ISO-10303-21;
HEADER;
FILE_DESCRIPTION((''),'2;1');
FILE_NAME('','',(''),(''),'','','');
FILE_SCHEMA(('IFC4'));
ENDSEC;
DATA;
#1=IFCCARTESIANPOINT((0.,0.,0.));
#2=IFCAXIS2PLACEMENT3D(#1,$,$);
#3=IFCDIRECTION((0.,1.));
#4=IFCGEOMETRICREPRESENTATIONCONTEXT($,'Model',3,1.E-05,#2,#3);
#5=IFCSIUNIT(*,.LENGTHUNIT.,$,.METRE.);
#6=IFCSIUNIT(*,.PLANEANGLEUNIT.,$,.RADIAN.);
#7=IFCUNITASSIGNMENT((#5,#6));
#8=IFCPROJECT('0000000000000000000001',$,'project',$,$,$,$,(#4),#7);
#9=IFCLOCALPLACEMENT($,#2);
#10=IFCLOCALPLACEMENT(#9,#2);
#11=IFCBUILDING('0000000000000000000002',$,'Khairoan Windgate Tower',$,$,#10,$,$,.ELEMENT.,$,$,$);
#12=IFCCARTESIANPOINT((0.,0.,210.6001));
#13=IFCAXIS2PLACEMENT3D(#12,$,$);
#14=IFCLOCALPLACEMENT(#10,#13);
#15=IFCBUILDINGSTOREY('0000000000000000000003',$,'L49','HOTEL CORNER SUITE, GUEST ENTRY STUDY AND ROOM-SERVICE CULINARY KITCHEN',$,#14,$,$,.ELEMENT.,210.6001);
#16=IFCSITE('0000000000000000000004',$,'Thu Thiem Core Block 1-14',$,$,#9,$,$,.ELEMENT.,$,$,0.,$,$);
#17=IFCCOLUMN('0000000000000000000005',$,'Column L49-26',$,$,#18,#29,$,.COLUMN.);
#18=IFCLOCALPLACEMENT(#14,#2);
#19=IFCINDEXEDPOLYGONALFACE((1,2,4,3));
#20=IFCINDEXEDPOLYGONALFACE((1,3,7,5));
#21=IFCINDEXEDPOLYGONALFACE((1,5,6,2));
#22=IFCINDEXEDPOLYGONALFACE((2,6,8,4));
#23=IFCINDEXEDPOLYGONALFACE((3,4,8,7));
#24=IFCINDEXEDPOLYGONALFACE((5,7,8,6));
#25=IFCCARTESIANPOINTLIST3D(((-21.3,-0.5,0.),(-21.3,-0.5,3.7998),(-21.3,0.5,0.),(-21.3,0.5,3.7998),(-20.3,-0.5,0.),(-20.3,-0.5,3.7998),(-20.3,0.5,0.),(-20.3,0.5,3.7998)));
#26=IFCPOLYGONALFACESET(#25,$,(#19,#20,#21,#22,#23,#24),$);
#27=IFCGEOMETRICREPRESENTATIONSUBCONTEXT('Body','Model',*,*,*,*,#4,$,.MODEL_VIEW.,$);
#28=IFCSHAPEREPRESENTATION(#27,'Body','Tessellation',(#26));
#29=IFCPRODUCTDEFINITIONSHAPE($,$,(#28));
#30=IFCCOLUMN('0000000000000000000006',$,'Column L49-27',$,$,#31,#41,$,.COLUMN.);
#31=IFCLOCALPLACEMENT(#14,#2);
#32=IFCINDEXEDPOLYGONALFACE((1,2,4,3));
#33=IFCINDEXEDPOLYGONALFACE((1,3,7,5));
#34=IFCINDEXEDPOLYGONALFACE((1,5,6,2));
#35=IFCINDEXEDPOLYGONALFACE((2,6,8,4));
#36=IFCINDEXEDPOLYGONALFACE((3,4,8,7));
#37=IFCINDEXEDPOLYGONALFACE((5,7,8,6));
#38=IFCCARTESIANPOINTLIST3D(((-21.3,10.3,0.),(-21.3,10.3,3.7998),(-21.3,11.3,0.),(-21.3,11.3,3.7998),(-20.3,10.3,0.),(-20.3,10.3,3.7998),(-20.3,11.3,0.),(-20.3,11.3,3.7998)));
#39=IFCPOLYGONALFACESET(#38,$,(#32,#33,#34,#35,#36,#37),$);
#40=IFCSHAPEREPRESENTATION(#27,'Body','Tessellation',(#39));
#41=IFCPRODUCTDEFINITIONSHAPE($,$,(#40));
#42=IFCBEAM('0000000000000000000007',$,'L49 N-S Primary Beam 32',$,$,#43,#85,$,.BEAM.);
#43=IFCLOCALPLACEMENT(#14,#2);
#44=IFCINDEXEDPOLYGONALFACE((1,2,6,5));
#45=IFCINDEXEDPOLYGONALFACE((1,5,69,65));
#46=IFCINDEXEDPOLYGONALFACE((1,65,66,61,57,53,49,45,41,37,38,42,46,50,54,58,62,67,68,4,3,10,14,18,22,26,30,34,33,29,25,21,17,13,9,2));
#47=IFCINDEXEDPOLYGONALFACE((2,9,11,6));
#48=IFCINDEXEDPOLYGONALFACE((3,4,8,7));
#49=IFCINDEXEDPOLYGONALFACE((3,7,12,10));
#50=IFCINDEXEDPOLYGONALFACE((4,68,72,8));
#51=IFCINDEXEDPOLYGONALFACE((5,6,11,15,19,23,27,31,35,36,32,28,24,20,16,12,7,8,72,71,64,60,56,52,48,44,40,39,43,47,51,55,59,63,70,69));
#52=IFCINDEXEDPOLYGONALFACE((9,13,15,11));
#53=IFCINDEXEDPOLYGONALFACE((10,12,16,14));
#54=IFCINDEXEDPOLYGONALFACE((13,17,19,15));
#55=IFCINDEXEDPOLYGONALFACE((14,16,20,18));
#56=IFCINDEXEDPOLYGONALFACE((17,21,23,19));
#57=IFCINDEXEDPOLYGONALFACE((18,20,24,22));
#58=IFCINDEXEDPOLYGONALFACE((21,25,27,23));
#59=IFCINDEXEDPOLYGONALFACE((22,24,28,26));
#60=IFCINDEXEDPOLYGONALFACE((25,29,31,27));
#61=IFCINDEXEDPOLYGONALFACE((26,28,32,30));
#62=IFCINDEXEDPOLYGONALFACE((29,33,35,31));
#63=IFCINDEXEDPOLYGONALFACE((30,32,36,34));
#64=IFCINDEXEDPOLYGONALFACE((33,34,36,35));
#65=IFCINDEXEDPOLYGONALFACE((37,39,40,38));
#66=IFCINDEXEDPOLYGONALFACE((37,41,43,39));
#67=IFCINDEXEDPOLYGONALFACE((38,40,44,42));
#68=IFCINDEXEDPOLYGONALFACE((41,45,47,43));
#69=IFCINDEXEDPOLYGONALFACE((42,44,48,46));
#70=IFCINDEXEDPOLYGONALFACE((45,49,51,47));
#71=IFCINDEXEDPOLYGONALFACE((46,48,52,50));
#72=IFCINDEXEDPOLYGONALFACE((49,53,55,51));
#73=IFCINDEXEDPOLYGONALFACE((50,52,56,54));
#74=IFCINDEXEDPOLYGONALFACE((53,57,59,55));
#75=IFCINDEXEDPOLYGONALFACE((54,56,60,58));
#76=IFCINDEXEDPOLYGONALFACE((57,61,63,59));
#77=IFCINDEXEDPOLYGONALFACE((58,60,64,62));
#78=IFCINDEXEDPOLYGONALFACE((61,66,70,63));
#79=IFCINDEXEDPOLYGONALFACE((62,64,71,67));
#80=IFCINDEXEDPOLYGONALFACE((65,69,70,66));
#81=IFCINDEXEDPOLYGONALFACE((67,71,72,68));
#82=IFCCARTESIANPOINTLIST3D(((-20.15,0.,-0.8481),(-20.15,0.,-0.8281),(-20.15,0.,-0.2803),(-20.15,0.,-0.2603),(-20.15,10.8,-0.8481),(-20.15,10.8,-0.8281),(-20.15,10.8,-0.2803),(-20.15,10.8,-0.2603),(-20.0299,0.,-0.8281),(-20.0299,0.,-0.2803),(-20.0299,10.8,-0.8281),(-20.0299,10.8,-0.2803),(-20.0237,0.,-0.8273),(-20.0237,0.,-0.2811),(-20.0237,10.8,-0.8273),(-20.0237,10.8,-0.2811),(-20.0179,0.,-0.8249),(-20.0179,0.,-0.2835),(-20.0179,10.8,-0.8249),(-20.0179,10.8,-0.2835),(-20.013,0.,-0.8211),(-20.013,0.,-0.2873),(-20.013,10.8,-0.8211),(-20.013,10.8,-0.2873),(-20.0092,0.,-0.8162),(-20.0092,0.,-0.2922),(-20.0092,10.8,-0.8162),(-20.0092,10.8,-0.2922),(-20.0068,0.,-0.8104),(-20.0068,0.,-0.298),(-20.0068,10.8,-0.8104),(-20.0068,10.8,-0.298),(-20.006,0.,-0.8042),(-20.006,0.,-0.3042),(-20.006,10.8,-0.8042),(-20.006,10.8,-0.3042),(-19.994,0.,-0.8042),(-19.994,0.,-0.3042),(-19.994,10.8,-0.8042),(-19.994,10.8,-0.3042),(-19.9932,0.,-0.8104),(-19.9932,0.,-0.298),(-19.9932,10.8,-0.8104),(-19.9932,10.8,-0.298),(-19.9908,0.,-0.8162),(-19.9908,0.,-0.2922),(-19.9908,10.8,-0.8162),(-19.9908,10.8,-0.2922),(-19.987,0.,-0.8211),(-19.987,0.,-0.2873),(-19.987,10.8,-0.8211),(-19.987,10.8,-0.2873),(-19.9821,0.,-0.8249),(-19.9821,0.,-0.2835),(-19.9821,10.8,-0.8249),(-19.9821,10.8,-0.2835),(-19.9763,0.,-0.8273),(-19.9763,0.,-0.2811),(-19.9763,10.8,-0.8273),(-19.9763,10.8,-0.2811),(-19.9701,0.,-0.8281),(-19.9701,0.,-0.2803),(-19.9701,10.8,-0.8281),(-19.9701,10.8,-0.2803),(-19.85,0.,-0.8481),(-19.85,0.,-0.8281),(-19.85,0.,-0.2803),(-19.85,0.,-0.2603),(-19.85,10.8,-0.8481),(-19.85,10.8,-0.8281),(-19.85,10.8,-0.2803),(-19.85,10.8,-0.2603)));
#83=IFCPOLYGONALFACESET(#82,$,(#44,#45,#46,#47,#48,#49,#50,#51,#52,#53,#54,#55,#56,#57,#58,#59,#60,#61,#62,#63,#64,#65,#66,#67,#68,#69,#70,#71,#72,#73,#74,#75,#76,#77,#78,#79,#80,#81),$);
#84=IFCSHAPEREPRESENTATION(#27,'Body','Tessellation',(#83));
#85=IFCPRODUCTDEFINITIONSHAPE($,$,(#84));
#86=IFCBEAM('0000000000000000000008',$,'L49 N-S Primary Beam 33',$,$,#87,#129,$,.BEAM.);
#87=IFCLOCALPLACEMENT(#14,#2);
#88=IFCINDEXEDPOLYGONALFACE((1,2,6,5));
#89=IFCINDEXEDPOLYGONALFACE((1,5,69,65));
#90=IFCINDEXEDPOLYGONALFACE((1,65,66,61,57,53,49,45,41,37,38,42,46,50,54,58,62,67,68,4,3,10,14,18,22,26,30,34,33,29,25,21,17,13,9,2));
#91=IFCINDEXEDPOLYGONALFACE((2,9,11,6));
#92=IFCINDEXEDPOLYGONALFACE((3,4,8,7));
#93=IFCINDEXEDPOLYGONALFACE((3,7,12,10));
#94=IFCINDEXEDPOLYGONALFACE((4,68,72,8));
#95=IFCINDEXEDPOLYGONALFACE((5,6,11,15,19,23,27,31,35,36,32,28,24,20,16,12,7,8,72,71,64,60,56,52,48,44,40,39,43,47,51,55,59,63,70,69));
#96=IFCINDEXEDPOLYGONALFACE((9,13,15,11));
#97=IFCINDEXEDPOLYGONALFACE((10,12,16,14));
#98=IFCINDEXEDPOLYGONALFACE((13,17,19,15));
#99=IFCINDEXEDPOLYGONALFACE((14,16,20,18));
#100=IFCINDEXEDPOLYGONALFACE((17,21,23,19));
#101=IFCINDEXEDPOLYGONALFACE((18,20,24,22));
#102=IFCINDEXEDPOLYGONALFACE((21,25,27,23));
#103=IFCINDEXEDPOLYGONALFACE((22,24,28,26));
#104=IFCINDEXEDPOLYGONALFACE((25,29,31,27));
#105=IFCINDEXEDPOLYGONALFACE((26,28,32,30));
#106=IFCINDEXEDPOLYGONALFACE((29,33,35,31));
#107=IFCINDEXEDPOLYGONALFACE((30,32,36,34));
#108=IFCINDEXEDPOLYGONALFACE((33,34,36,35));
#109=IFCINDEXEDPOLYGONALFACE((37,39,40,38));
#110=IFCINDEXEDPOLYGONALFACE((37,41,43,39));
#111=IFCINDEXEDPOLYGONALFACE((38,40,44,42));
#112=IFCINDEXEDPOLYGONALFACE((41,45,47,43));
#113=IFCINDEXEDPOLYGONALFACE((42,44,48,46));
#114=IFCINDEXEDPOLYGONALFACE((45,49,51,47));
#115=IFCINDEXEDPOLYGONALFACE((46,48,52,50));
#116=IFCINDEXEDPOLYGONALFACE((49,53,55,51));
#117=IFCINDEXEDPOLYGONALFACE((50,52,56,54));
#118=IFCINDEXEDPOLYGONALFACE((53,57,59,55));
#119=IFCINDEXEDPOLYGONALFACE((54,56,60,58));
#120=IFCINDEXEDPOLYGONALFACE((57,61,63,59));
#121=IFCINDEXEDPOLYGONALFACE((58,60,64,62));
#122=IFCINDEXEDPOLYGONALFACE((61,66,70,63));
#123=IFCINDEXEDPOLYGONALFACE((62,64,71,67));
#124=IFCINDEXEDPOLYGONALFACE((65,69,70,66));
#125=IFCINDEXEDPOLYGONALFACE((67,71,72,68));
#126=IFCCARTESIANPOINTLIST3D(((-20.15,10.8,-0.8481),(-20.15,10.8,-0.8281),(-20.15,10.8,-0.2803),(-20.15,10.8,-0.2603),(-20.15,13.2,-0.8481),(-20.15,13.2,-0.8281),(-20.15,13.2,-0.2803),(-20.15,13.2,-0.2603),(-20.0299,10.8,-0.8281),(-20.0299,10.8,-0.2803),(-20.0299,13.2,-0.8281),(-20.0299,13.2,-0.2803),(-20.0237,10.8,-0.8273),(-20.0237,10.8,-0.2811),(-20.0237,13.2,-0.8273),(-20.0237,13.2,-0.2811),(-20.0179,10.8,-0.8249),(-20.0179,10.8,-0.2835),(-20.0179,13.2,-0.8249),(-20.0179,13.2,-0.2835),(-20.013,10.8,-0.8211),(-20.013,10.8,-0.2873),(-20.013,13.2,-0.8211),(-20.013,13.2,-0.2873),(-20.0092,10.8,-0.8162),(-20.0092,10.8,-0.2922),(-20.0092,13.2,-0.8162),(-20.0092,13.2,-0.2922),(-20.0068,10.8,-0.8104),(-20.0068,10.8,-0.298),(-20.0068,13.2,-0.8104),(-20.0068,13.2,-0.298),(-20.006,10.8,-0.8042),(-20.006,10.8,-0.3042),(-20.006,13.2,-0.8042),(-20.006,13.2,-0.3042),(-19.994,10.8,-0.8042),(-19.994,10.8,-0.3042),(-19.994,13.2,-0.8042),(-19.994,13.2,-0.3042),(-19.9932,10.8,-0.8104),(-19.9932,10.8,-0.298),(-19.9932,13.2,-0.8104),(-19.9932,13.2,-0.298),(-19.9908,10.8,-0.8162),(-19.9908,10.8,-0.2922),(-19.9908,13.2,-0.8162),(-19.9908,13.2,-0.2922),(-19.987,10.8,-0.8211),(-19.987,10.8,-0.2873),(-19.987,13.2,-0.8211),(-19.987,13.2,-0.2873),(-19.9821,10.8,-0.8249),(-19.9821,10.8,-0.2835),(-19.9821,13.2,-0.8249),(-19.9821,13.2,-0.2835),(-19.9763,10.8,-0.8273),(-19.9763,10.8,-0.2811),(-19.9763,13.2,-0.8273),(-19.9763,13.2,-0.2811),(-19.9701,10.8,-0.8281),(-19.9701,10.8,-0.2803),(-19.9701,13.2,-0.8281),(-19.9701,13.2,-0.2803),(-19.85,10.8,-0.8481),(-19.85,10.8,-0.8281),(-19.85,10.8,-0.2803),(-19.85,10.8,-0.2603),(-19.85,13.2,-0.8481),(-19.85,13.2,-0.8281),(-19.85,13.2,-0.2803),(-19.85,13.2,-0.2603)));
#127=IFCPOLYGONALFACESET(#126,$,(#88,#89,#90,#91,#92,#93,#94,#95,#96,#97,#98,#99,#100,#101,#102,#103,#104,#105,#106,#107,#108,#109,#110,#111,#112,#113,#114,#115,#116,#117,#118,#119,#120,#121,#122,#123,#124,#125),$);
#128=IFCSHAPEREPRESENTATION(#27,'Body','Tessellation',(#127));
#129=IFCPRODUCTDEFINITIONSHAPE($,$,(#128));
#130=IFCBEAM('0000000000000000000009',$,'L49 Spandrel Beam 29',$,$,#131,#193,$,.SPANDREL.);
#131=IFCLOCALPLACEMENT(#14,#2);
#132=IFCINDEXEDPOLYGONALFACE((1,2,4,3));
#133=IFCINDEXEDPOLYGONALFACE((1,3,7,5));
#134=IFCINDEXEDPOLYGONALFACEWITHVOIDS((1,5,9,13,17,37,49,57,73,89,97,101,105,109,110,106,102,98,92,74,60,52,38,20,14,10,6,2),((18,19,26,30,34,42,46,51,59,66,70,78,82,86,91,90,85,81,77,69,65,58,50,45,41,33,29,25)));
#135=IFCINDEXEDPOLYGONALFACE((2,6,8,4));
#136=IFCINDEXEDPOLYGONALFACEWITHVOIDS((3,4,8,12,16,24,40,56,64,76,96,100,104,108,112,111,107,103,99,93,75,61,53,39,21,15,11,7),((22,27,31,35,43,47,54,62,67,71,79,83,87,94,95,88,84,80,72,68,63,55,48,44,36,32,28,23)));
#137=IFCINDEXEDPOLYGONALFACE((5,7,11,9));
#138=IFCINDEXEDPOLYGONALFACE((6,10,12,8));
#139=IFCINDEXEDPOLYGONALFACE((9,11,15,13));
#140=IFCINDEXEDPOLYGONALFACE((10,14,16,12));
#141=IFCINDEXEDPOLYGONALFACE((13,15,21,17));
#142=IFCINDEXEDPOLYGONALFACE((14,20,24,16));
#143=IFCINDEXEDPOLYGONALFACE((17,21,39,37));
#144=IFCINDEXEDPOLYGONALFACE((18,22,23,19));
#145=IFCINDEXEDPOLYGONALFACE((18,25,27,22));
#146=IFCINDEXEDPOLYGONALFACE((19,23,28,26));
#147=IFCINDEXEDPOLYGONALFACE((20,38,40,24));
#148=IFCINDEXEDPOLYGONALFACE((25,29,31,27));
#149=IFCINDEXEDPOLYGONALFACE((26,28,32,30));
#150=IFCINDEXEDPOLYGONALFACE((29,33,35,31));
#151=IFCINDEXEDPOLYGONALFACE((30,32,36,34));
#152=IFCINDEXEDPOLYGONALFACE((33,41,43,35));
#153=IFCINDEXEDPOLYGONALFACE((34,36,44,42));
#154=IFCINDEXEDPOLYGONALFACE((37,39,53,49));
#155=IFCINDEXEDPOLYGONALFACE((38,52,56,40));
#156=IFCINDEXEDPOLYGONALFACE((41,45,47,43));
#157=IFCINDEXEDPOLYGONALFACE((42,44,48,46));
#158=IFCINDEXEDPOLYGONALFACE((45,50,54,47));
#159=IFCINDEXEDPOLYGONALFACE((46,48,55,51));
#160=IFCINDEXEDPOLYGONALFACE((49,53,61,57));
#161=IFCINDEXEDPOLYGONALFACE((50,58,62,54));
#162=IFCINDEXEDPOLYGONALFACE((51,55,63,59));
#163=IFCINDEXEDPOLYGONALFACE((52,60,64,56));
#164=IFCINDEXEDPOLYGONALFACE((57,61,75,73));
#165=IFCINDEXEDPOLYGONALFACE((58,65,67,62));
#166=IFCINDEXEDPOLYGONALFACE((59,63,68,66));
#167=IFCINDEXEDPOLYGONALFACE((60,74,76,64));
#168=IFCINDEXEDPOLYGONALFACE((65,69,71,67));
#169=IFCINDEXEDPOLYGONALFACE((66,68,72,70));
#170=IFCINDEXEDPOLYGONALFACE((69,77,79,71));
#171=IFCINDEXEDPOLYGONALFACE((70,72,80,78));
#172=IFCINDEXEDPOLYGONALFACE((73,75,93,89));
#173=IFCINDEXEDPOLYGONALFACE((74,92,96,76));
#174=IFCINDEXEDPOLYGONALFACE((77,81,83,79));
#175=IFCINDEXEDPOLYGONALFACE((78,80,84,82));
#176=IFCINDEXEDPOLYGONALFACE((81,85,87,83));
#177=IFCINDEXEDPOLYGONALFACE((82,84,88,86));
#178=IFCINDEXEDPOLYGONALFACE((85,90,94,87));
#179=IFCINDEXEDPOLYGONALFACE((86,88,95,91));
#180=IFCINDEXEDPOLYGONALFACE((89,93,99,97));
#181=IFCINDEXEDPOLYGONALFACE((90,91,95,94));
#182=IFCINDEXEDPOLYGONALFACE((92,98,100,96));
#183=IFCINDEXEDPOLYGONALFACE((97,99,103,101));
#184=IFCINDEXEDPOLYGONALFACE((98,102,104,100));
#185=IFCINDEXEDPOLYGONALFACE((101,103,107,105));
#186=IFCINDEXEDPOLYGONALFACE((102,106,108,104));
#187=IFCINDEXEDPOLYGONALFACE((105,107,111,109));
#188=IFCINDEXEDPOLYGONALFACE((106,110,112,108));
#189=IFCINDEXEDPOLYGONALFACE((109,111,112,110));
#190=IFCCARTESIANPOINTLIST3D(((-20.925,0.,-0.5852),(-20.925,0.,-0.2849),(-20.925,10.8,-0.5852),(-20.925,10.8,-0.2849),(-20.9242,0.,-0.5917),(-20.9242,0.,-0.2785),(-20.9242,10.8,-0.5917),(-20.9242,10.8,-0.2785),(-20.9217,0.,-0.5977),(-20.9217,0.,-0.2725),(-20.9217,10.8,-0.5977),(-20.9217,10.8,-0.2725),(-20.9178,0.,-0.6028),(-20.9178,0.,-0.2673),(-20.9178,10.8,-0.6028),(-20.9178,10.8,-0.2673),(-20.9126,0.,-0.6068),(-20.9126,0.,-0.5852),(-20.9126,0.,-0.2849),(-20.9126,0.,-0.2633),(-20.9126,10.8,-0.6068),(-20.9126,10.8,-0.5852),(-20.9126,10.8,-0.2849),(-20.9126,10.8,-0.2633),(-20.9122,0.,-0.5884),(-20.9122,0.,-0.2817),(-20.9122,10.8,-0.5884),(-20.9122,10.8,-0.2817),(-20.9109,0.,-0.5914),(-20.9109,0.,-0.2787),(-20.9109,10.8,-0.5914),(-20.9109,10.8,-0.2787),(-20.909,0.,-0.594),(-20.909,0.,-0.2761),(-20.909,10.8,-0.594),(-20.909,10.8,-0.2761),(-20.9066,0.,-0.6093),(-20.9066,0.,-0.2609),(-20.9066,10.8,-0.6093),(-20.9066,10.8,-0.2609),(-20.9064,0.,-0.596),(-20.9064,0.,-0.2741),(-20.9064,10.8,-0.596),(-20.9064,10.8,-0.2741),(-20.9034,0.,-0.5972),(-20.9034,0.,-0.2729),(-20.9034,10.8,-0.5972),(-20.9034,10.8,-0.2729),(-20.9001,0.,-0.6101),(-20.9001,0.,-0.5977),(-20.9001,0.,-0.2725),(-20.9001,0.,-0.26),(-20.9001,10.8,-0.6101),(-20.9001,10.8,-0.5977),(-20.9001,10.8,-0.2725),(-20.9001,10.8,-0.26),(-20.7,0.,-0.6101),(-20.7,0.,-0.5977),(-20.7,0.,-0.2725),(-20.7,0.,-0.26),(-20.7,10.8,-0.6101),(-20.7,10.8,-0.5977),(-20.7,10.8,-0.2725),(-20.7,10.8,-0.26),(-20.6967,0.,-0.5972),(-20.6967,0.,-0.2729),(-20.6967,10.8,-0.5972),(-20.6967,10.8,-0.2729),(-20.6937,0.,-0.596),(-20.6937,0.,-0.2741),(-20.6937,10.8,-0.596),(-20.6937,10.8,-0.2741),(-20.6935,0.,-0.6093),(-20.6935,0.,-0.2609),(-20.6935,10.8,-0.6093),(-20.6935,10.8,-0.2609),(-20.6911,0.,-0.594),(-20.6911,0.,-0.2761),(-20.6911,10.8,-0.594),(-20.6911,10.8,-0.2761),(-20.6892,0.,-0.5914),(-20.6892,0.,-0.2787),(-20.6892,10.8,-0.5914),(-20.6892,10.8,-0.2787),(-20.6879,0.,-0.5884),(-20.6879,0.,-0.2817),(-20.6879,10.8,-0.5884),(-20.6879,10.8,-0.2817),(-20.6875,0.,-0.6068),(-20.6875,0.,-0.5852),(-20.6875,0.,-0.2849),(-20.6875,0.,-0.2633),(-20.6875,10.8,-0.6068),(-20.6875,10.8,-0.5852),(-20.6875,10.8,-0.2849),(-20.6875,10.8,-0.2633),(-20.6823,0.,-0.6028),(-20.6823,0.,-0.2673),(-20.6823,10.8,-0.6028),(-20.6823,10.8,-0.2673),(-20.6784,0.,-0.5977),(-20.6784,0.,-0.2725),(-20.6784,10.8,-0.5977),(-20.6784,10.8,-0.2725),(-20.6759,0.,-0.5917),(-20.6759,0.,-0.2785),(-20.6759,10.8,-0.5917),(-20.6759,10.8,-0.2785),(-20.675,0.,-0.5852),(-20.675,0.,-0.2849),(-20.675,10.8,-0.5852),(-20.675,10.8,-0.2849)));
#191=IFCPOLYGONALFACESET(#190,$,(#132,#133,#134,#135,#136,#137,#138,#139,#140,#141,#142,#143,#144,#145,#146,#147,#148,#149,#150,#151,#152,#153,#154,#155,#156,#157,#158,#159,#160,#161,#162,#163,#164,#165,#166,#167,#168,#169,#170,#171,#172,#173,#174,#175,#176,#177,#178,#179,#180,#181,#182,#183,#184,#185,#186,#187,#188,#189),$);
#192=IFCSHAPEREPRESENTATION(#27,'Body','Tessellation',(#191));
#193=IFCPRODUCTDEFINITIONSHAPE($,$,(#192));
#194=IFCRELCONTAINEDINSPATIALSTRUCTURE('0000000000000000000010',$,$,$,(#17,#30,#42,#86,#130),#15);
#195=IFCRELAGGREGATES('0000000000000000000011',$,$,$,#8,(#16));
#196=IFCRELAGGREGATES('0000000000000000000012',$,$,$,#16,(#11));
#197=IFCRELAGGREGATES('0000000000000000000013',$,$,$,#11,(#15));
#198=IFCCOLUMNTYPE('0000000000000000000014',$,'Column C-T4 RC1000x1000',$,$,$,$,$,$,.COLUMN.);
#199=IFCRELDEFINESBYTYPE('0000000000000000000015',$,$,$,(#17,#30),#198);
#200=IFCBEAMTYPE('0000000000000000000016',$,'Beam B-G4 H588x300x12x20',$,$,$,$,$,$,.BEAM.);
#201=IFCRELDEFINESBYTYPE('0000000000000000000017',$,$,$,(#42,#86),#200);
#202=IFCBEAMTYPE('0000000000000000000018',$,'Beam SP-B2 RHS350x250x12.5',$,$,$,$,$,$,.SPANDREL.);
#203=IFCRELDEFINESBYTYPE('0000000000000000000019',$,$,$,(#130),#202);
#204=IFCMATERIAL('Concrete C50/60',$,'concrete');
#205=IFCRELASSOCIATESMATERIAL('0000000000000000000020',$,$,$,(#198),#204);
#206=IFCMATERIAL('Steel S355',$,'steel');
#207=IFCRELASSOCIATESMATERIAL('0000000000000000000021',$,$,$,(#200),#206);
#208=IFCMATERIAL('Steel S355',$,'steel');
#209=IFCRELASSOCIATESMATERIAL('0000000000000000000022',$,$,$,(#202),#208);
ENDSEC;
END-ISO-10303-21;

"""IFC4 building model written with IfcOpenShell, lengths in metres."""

from ifc_helpers import new_model, si_unit, direction, frame, origin, origin_2d, place, context, subcontext, project, spatial, rectangle, hollow_rectangle, i_section, extrude, material, material_profile, profile_set, type_object, element, save


model = new_model("IFC4")

# Units and contexts
model_context = context("Model", 3, precision=1e-05, world=origin(), true_north=direction((0.0, 1.0)))
body_context = subcontext(model_context, "Body", "Model", "MODEL_VIEW")
ifc_project = project(units=[si_unit("LENGTHUNIT", "METRE"), si_unit("PLANEANGLEUNIT", "RADIAN")], contexts=[model_context])

# Site, building, storey
site_placement = place(None, origin())
site = spatial("IfcSite", under=ifc_project, at=site_placement, Name="Thu Thiem Core Block 1-14", CompositionType="ELEMENT", RefElevation=0.0)
building_placement = place(site_placement, origin())
building = spatial("IfcBuilding", under=site, at=building_placement, Name="Khairoan Windgate Tower", CompositionType="ELEMENT")
storey_placement = place(building_placement, frame((0.0, 0.0, 210.6001)))
storey = spatial("IfcBuildingStorey", under=building, at=storey_placement, Name="L49", Description="HOTEL CORNER SUITE, GUEST ENTRY STUDY AND ROOM-SERVICE CULINARY KITCHEN", CompositionType="ELEMENT", Elevation=210.6001)

# Columns
ifc_material_1 = material(Name="Concrete C50/60", Category="concrete")
ifc_material_profile_1 = material_profile(ifc_material_1, rectangle(XDim=1.0, YDim=1.0, at=origin_2d()))
ifc_profile_set_1 = profile_set([ifc_material_profile_1], Name="Concrete C50/60")
column_type = type_object("IfcColumnType", Name="Column C-T4 RC1000x1000", PredefinedType="COLUMN", material=ifc_profile_set_1)
for number, where, z_axis, x_axis, name in (
    (1, (-20.8, 0.0, 0.0), (0.0, 0.0, 1.0), (1.0, 0.0, 0.0), "Column L49-26"),
    (2, (-20.8, 10.8, 0.0), (0.0, 0.0, 1.0), (1.0, 0.0, 0.0), "Column L49-27"),
):
    element("IfcColumn", number, at=place(storey_placement, frame(where, z_axis=z_axis, x_axis=x_axis)), inside=storey, type_object=column_type, Name=name, PredefinedType="COLUMN", context=body_context, shape_type="SweptSolid", body=[
        extrude(rectangle(XDim=1.0, YDim=1.0, at=origin_2d()), origin(), (0.0, 0.0, 1.0), 3.7998),
    ])

# Beams
ifc_material_2 = material(Name="Steel S355", Category="steel")
ifc_material_profile_2 = material_profile(ifc_material_2, i_section(OverallWidth=0.3, OverallDepth=0.5879, WebThickness=0.012, FlangeThickness=0.02, FilletRadius=0.0239, at=origin_2d()))
ifc_profile_set_2 = profile_set([ifc_material_profile_2], Name="Steel S355")
beam_type_1 = type_object("IfcBeamType", Name="Beam B-G4 H588x300x12x20", PredefinedType="BEAM", material=ifc_profile_set_2)
beam_1_placement = place(storey_placement, frame((-20.0, 0.0, -0.5542), z_axis=(0.0, 1.0, 0.0), x_axis=(-1.0, 0.0, 0.0)))
element("IfcBeam", 3, at=beam_1_placement, inside=storey, type_object=beam_type_1, Name="L49 N-S Primary Beam 32", PredefinedType="BEAM", context=body_context, shape_type="SweptSolid", body=[
    extrude(i_section(OverallWidth=0.3, OverallDepth=0.5879, WebThickness=0.012, FlangeThickness=0.02, FilletRadius=0.0239, at=origin_2d()), origin(), (0.0, 0.0, 1.0), 10.8),
])
beam_2_placement = place(storey_placement, frame((-20.0, 10.8, -0.5542), z_axis=(0.0, 1.0, 0.0), x_axis=(-1.0, 0.0, 0.0)))
element("IfcBeam", 4, at=beam_2_placement, inside=storey, type_object=beam_type_1, Name="L49 N-S Primary Beam 33", PredefinedType="BEAM", context=body_context, shape_type="SweptSolid", body=[
    extrude(i_section(OverallWidth=0.3, OverallDepth=0.5879, WebThickness=0.012, FlangeThickness=0.02, FilletRadius=0.0239, at=origin_2d()), origin(), (0.0, 0.0, 1.0), 2.3999),
])
ifc_material_3 = material(Name="Steel S355", Category="steel")
ifc_material_profile_3 = material_profile(ifc_material_3, hollow_rectangle(XDim=0.25, YDim=0.3501, WallThickness=0.0125, InnerFilletRadius=0.0125, OuterFilletRadius=0.0249, at=origin_2d()))
ifc_profile_set_3 = profile_set([ifc_material_profile_3], Name="Steel S355")
beam_type_2 = type_object("IfcBeamType", Name="Beam SP-B2 RHS350x250x12.5", PredefinedType="SPANDREL", material=ifc_profile_set_3)
beam_3_placement = place(storey_placement, frame((-20.8, 0.0, -0.4351), z_axis=(0.0, 1.0, 0.0), x_axis=(-1.0, 0.0, 0.0)))
element("IfcBeam", 5, at=beam_3_placement, inside=storey, type_object=beam_type_2, Name="L49 Spandrel Beam 29", PredefinedType="SPANDREL", context=body_context, shape_type="SweptSolid", body=[
    extrude(hollow_rectangle(XDim=0.25, YDim=0.3501, WallThickness=0.0125, InnerFilletRadius=0.0125, OuterFilletRadius=0.0249, at=origin_2d()), origin(), (0.0, 0.0, 1.0), 10.8),
])

save(model, "model.ifc")
